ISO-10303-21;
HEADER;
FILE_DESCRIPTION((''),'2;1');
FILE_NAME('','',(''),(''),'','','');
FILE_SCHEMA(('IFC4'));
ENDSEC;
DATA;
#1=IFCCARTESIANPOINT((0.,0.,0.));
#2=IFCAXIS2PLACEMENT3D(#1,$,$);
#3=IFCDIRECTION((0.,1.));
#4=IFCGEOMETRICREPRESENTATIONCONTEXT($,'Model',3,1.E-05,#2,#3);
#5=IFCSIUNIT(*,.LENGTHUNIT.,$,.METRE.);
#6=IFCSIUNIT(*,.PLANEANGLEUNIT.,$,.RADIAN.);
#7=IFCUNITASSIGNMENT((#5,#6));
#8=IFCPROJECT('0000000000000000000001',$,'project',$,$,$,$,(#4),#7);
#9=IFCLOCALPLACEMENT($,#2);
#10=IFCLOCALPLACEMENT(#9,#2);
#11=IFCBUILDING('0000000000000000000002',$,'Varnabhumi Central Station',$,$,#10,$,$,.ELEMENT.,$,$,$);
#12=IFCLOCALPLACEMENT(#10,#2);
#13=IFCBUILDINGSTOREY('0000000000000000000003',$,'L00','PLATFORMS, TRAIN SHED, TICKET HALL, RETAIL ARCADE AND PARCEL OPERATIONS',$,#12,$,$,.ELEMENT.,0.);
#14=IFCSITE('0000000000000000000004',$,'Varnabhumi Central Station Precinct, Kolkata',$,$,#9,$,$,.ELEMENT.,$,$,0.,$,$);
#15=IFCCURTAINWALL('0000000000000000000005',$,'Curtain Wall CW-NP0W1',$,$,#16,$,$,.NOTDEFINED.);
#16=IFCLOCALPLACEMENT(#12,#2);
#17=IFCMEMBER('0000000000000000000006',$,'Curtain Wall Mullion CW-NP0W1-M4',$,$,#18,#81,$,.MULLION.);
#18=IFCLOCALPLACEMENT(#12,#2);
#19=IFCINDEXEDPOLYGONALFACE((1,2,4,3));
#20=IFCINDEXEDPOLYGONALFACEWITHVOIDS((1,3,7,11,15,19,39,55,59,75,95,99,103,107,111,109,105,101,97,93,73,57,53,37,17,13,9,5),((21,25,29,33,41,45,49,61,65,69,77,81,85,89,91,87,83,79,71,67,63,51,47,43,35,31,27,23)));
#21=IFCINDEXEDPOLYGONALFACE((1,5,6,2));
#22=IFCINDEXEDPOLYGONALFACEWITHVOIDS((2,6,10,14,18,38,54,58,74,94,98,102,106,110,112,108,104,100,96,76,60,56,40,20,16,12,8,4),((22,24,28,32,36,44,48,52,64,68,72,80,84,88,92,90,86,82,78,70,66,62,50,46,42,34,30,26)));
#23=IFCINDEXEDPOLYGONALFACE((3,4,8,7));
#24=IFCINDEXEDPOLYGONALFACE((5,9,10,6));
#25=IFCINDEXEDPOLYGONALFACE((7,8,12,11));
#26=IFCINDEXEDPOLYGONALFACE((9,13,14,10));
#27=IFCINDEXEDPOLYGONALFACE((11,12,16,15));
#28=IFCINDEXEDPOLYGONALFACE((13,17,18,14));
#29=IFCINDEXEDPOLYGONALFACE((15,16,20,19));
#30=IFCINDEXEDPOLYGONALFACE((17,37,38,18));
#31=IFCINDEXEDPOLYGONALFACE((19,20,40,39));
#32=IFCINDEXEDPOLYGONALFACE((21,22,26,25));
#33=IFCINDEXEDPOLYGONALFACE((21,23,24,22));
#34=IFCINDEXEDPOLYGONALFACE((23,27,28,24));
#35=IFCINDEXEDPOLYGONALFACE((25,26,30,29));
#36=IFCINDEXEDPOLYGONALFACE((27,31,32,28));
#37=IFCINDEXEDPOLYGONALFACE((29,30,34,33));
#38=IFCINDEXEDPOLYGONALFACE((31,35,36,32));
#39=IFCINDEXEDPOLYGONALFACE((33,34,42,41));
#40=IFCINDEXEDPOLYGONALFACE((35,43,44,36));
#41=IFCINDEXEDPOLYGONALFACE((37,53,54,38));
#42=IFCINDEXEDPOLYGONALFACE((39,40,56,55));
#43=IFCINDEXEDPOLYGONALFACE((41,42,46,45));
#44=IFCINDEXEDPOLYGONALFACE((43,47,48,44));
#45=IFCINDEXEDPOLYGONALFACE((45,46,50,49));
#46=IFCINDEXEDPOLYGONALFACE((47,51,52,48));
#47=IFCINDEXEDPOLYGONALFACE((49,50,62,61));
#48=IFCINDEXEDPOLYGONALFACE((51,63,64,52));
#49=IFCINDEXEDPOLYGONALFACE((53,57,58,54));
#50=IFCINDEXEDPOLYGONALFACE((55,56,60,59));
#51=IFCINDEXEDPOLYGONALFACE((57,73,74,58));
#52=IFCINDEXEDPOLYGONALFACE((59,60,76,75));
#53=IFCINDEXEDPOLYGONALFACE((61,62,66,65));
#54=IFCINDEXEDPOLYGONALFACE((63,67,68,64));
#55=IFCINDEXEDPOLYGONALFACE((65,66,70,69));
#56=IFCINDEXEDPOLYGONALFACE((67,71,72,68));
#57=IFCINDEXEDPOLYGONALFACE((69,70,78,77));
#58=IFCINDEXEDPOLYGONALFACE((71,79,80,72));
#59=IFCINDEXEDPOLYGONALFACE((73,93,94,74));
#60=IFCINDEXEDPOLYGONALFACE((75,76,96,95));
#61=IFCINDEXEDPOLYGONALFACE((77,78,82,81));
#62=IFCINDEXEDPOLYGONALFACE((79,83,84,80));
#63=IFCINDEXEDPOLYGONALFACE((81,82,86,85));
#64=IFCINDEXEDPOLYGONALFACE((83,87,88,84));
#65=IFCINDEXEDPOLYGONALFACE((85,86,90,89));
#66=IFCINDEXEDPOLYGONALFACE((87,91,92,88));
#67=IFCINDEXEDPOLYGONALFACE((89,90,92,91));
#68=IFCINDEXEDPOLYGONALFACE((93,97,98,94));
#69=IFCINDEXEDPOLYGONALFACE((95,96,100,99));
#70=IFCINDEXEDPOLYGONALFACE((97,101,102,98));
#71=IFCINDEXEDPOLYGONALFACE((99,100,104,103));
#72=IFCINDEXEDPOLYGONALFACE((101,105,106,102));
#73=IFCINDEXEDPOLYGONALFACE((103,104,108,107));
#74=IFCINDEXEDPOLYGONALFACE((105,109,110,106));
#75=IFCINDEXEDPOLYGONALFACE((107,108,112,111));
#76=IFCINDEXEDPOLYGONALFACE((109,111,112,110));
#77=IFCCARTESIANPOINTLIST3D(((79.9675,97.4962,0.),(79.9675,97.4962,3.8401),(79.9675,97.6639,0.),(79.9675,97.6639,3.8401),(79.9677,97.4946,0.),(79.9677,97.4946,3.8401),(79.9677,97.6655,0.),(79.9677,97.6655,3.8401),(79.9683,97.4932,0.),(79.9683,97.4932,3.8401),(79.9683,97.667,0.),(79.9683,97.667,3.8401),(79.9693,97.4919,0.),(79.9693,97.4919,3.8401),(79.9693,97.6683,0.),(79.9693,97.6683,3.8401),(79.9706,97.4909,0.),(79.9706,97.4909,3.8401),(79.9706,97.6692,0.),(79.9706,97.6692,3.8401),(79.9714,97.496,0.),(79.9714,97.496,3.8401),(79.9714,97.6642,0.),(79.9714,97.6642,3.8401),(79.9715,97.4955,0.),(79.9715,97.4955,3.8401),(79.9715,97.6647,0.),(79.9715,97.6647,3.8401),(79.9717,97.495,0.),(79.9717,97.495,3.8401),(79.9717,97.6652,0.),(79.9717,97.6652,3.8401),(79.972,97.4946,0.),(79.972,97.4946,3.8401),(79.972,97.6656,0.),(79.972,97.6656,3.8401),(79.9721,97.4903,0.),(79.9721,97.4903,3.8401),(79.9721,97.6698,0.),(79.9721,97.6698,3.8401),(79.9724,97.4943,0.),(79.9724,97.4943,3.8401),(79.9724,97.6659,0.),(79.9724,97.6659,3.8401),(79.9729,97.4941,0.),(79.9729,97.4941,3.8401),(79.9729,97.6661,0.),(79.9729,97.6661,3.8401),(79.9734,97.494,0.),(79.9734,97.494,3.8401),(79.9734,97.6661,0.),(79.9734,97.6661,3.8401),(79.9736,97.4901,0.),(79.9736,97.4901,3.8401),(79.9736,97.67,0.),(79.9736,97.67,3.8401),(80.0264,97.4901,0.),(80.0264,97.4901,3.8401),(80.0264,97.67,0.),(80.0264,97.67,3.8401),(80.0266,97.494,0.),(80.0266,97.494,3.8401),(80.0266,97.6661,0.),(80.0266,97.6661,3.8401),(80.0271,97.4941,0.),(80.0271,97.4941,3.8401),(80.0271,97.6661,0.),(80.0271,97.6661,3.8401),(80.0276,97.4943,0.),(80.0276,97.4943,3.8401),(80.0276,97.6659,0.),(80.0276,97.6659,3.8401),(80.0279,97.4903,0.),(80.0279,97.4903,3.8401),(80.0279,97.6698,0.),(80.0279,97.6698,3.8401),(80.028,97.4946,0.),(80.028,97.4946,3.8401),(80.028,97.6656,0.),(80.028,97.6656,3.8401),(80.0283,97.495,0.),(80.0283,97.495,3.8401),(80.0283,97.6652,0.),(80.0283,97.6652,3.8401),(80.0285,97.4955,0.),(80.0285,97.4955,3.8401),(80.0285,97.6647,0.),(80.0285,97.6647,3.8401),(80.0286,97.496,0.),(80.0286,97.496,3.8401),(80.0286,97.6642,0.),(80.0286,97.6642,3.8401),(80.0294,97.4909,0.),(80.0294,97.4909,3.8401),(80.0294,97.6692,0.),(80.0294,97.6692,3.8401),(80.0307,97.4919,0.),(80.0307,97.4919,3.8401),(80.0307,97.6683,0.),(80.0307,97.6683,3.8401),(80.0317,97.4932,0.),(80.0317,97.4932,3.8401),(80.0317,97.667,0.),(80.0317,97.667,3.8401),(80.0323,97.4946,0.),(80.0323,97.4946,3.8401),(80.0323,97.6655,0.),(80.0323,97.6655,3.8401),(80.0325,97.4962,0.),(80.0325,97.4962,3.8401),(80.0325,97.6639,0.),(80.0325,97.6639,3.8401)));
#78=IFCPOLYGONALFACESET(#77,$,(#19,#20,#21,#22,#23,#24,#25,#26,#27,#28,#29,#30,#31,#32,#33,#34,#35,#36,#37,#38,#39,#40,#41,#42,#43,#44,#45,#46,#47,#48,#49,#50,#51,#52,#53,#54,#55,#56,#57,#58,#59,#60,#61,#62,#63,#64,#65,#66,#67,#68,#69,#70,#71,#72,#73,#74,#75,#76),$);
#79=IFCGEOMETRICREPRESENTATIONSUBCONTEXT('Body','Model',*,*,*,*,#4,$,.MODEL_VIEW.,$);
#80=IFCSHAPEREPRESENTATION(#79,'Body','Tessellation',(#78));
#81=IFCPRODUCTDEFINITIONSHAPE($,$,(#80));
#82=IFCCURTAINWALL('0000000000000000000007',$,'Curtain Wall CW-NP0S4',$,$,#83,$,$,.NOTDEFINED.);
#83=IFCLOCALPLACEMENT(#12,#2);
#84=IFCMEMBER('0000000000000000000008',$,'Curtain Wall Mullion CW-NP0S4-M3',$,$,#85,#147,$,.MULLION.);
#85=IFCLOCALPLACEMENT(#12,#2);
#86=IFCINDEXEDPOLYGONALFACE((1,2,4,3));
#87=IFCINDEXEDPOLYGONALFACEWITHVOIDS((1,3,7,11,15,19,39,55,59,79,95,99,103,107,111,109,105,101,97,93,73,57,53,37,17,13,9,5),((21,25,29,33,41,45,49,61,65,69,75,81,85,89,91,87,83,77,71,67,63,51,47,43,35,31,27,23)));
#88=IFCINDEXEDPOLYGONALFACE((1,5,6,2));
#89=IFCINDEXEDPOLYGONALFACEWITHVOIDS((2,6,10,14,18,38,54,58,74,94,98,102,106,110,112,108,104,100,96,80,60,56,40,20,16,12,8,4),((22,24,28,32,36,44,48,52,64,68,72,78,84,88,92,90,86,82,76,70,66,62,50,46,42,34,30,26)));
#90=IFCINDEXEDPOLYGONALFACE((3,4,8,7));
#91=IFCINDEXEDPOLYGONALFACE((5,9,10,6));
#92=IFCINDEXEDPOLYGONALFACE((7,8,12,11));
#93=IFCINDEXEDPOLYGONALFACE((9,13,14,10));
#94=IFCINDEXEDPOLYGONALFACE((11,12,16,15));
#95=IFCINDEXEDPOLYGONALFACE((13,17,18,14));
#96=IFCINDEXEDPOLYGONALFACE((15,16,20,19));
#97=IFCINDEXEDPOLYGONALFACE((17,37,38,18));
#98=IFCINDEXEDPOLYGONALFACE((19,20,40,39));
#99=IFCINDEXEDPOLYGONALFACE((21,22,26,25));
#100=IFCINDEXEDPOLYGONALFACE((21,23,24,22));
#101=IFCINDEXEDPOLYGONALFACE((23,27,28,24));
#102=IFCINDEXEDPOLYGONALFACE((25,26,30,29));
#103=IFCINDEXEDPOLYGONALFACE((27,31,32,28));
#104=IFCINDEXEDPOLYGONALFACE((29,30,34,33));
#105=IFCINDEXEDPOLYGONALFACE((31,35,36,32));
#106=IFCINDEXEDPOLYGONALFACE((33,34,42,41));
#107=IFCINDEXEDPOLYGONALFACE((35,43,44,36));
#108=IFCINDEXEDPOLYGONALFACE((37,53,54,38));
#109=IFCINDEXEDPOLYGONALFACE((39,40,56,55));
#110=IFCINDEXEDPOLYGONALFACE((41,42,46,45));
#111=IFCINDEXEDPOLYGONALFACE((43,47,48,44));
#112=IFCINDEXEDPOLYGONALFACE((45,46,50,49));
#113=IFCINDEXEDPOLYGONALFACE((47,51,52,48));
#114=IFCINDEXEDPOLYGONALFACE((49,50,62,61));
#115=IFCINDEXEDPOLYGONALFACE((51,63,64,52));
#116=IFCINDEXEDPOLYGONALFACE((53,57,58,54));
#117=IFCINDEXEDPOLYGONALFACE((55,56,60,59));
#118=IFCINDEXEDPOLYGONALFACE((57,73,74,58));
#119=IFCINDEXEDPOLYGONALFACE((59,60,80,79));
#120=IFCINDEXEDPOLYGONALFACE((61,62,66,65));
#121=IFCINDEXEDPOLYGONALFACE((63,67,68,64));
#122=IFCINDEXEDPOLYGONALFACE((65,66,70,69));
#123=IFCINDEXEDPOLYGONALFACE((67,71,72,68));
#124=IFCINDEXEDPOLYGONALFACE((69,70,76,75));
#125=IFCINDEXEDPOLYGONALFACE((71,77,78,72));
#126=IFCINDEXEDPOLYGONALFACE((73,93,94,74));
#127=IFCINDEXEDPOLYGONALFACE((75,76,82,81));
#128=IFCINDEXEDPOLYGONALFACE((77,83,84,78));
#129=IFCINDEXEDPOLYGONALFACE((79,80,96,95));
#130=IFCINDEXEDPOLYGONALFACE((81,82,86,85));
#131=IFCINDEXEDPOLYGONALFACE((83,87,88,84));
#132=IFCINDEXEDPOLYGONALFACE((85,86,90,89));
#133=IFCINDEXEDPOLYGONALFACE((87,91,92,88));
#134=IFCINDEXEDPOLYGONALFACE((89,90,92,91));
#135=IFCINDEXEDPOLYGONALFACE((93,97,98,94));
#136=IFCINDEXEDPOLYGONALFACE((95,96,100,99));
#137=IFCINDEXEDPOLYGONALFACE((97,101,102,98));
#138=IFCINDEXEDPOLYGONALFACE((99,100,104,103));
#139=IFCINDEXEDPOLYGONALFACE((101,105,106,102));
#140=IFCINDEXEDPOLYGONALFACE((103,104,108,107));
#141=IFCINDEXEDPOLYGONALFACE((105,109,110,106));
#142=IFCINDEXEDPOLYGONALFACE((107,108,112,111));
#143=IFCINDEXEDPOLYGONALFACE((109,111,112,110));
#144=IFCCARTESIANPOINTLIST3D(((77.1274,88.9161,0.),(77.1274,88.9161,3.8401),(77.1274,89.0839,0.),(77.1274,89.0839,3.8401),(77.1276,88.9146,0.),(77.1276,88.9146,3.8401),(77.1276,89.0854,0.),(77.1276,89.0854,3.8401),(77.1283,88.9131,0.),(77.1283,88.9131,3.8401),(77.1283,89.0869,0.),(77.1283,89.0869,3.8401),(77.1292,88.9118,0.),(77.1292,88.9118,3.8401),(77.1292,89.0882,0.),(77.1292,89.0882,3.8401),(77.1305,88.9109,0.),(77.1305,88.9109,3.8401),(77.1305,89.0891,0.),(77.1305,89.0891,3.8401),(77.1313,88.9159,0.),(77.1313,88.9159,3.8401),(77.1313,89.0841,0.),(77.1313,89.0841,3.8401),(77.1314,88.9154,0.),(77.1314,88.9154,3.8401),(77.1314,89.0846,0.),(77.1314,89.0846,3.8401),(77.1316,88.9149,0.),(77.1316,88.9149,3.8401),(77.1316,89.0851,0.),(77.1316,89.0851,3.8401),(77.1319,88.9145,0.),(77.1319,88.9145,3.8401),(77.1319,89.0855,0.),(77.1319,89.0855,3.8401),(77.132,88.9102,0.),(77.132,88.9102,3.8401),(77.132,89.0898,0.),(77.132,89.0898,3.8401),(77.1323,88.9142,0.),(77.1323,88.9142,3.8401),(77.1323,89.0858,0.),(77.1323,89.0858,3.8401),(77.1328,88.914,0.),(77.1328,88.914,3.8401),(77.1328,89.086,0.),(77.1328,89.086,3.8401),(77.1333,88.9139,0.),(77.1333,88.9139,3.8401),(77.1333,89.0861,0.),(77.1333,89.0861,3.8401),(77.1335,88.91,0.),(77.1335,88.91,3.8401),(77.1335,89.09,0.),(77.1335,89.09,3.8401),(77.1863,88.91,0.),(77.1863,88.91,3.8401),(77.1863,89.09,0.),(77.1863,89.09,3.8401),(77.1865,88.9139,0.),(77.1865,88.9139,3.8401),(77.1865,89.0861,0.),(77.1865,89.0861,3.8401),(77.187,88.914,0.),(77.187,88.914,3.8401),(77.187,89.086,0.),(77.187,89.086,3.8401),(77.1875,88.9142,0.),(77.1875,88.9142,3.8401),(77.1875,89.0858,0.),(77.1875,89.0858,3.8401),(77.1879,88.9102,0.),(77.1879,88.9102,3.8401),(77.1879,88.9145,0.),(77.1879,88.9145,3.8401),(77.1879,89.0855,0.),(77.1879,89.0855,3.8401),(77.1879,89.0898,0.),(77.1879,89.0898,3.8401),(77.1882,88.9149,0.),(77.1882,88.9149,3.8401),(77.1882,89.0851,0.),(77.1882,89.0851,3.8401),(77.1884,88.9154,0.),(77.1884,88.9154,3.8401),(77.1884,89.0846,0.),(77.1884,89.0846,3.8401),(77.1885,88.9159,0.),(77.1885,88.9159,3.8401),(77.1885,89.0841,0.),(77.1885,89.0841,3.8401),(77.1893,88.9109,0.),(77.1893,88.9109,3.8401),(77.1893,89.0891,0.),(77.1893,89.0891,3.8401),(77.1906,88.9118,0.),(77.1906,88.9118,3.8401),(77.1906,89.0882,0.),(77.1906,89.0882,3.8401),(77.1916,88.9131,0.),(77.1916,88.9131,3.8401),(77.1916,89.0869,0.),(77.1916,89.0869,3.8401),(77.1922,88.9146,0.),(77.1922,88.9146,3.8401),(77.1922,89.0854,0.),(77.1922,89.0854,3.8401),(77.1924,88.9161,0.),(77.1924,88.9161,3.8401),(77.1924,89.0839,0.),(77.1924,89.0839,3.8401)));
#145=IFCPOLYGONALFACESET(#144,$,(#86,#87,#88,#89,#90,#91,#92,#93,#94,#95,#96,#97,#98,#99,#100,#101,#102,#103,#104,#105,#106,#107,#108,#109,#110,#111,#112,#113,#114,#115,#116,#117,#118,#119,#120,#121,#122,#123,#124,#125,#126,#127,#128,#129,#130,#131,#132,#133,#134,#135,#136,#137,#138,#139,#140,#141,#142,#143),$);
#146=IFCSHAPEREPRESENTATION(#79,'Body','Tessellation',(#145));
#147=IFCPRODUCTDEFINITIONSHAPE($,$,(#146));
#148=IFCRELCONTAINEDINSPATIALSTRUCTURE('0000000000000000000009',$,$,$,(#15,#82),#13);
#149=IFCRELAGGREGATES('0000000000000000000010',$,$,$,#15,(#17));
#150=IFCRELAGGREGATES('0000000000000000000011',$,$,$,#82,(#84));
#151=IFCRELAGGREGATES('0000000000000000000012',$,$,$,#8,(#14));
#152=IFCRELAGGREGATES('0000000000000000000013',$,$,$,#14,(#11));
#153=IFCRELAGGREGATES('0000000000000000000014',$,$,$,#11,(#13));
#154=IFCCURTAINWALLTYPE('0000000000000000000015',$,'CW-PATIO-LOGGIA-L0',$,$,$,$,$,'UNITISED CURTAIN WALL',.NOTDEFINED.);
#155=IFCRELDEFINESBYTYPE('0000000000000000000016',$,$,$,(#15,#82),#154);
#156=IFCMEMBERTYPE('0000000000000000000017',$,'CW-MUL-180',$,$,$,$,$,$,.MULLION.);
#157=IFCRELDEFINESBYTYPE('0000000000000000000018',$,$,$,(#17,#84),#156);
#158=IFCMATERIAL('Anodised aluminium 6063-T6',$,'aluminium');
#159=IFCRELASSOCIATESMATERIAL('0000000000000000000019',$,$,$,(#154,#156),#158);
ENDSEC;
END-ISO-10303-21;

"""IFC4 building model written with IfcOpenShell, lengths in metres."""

from ifc_helpers import new_model, si_unit, direction, frame, origin, origin_2d, place, context, subcontext, project, spatial, hollow_rectangle, extrude, material, material_profile, profile_set, type_object, element, aggregate, save


model = new_model("IFC4")

# Units and contexts
model_context = context("Model", 3, precision=1e-05, world=origin(), true_north=direction((0.0, 1.0)))
body_context = subcontext(model_context, "Body", "Model", "MODEL_VIEW")
ifc_project = project(units=[si_unit("LENGTHUNIT", "METRE"), si_unit("PLANEANGLEUNIT", "RADIAN")], contexts=[model_context])

# Site, building, storey
site_placement = place(None, origin())
site = spatial("IfcSite", under=ifc_project, at=site_placement, Name="Varnabhumi Central Station Precinct, Kolkata", CompositionType="ELEMENT", RefElevation=0.0)
building_placement = place(site_placement, origin())
building = spatial("IfcBuilding", under=site, at=building_placement, Name="Varnabhumi Central Station", CompositionType="ELEMENT")
storey_placement = place(building_placement, origin())
storey = spatial("IfcBuildingStorey", under=building, at=storey_placement, Name="L00", Description="PLATFORMS, TRAIN SHED, TICKET HALL, RETAIL ARCADE AND PARCEL OPERATIONS", CompositionType="ELEMENT", Elevation=0.0)

# Curtain walls, members
ifc_material_1 = material(Name="Anodised aluminium 6063-T6", Category="aluminium")
curtain_wall_type = type_object("IfcCurtainWallType", Name="CW-PATIO-LOGGIA-L0", ElementType="UNITISED CURTAIN WALL", PredefinedType="NOTDEFINED", material=ifc_material_1)
curtain_wall_1_placement = place(storey_placement, origin())
curtain_wall_1 = element("IfcCurtainWall", 1, at=curtain_wall_1_placement, inside=storey, type_object=curtain_wall_type, Name="Curtain Wall CW-NP0W1", PredefinedType="NOTDEFINED")
ifc_material_profile_1 = material_profile(ifc_material_1, hollow_rectangle(XDim=0.0649, YDim=0.1799, WallThickness=0.0039, InnerFilletRadius=0.002, OuterFilletRadius=0.0061, at=origin_2d()), Name="Anodised aluminium 6063-T6", Category="aluminium")
ifc_profile_set_1 = profile_set([ifc_material_profile_1], Name="Anodised aluminium 6063-T6")
member_type_1 = type_object("IfcMemberType", Name="CW-MUL-180", PredefinedType="MULLION", material=ifc_profile_set_1)
member_1_placement = place(storey_placement, frame((80.0, 97.5801, 0.0), z_axis=(0.0, 0.0, 1.0), x_axis=(1.0, 0.0, 0.0)))
member_1 = element("IfcMember", 2, at=member_1_placement, type_object=member_type_1, Name="Curtain Wall Mullion CW-NP0W1-M4", PredefinedType="MULLION", context=body_context, shape_type="SweptSolid", body=[
    extrude(hollow_rectangle(XDim=0.0649, YDim=0.1799, WallThickness=0.0039, InnerFilletRadius=0.002, OuterFilletRadius=0.0061, at=origin_2d()), origin(), (0.0, 0.0, 1.0), 3.8401),
])
curtain_wall_2_placement = place(storey_placement, origin())
curtain_wall_2 = element("IfcCurtainWall", 3, at=curtain_wall_2_placement, inside=storey, type_object=curtain_wall_type, Name="Curtain Wall CW-NP0S4", PredefinedType="NOTDEFINED")
member_2_placement = place(storey_placement, frame((77.1599, 89.0, 0.0), z_axis=(0.0, 0.0, 1.0), x_axis=(1.0, 0.0, 0.0)))
member_2 = element("IfcMember", 4, at=member_2_placement, type_object=member_type_1, Name="Curtain Wall Mullion CW-NP0S4-M3", PredefinedType="MULLION", context=body_context, shape_type="SweptSolid", body=[
    extrude(hollow_rectangle(XDim=0.0649, YDim=0.1799, WallThickness=0.0039, InnerFilletRadius=0.002, OuterFilletRadius=0.0061, at=origin_2d()), origin(), (0.0, 0.0, 1.0), 3.8401),
])

aggregate(curtain_wall_1, [member_1])
aggregate(curtain_wall_2, [member_2])

save(model, "model.ifc")
